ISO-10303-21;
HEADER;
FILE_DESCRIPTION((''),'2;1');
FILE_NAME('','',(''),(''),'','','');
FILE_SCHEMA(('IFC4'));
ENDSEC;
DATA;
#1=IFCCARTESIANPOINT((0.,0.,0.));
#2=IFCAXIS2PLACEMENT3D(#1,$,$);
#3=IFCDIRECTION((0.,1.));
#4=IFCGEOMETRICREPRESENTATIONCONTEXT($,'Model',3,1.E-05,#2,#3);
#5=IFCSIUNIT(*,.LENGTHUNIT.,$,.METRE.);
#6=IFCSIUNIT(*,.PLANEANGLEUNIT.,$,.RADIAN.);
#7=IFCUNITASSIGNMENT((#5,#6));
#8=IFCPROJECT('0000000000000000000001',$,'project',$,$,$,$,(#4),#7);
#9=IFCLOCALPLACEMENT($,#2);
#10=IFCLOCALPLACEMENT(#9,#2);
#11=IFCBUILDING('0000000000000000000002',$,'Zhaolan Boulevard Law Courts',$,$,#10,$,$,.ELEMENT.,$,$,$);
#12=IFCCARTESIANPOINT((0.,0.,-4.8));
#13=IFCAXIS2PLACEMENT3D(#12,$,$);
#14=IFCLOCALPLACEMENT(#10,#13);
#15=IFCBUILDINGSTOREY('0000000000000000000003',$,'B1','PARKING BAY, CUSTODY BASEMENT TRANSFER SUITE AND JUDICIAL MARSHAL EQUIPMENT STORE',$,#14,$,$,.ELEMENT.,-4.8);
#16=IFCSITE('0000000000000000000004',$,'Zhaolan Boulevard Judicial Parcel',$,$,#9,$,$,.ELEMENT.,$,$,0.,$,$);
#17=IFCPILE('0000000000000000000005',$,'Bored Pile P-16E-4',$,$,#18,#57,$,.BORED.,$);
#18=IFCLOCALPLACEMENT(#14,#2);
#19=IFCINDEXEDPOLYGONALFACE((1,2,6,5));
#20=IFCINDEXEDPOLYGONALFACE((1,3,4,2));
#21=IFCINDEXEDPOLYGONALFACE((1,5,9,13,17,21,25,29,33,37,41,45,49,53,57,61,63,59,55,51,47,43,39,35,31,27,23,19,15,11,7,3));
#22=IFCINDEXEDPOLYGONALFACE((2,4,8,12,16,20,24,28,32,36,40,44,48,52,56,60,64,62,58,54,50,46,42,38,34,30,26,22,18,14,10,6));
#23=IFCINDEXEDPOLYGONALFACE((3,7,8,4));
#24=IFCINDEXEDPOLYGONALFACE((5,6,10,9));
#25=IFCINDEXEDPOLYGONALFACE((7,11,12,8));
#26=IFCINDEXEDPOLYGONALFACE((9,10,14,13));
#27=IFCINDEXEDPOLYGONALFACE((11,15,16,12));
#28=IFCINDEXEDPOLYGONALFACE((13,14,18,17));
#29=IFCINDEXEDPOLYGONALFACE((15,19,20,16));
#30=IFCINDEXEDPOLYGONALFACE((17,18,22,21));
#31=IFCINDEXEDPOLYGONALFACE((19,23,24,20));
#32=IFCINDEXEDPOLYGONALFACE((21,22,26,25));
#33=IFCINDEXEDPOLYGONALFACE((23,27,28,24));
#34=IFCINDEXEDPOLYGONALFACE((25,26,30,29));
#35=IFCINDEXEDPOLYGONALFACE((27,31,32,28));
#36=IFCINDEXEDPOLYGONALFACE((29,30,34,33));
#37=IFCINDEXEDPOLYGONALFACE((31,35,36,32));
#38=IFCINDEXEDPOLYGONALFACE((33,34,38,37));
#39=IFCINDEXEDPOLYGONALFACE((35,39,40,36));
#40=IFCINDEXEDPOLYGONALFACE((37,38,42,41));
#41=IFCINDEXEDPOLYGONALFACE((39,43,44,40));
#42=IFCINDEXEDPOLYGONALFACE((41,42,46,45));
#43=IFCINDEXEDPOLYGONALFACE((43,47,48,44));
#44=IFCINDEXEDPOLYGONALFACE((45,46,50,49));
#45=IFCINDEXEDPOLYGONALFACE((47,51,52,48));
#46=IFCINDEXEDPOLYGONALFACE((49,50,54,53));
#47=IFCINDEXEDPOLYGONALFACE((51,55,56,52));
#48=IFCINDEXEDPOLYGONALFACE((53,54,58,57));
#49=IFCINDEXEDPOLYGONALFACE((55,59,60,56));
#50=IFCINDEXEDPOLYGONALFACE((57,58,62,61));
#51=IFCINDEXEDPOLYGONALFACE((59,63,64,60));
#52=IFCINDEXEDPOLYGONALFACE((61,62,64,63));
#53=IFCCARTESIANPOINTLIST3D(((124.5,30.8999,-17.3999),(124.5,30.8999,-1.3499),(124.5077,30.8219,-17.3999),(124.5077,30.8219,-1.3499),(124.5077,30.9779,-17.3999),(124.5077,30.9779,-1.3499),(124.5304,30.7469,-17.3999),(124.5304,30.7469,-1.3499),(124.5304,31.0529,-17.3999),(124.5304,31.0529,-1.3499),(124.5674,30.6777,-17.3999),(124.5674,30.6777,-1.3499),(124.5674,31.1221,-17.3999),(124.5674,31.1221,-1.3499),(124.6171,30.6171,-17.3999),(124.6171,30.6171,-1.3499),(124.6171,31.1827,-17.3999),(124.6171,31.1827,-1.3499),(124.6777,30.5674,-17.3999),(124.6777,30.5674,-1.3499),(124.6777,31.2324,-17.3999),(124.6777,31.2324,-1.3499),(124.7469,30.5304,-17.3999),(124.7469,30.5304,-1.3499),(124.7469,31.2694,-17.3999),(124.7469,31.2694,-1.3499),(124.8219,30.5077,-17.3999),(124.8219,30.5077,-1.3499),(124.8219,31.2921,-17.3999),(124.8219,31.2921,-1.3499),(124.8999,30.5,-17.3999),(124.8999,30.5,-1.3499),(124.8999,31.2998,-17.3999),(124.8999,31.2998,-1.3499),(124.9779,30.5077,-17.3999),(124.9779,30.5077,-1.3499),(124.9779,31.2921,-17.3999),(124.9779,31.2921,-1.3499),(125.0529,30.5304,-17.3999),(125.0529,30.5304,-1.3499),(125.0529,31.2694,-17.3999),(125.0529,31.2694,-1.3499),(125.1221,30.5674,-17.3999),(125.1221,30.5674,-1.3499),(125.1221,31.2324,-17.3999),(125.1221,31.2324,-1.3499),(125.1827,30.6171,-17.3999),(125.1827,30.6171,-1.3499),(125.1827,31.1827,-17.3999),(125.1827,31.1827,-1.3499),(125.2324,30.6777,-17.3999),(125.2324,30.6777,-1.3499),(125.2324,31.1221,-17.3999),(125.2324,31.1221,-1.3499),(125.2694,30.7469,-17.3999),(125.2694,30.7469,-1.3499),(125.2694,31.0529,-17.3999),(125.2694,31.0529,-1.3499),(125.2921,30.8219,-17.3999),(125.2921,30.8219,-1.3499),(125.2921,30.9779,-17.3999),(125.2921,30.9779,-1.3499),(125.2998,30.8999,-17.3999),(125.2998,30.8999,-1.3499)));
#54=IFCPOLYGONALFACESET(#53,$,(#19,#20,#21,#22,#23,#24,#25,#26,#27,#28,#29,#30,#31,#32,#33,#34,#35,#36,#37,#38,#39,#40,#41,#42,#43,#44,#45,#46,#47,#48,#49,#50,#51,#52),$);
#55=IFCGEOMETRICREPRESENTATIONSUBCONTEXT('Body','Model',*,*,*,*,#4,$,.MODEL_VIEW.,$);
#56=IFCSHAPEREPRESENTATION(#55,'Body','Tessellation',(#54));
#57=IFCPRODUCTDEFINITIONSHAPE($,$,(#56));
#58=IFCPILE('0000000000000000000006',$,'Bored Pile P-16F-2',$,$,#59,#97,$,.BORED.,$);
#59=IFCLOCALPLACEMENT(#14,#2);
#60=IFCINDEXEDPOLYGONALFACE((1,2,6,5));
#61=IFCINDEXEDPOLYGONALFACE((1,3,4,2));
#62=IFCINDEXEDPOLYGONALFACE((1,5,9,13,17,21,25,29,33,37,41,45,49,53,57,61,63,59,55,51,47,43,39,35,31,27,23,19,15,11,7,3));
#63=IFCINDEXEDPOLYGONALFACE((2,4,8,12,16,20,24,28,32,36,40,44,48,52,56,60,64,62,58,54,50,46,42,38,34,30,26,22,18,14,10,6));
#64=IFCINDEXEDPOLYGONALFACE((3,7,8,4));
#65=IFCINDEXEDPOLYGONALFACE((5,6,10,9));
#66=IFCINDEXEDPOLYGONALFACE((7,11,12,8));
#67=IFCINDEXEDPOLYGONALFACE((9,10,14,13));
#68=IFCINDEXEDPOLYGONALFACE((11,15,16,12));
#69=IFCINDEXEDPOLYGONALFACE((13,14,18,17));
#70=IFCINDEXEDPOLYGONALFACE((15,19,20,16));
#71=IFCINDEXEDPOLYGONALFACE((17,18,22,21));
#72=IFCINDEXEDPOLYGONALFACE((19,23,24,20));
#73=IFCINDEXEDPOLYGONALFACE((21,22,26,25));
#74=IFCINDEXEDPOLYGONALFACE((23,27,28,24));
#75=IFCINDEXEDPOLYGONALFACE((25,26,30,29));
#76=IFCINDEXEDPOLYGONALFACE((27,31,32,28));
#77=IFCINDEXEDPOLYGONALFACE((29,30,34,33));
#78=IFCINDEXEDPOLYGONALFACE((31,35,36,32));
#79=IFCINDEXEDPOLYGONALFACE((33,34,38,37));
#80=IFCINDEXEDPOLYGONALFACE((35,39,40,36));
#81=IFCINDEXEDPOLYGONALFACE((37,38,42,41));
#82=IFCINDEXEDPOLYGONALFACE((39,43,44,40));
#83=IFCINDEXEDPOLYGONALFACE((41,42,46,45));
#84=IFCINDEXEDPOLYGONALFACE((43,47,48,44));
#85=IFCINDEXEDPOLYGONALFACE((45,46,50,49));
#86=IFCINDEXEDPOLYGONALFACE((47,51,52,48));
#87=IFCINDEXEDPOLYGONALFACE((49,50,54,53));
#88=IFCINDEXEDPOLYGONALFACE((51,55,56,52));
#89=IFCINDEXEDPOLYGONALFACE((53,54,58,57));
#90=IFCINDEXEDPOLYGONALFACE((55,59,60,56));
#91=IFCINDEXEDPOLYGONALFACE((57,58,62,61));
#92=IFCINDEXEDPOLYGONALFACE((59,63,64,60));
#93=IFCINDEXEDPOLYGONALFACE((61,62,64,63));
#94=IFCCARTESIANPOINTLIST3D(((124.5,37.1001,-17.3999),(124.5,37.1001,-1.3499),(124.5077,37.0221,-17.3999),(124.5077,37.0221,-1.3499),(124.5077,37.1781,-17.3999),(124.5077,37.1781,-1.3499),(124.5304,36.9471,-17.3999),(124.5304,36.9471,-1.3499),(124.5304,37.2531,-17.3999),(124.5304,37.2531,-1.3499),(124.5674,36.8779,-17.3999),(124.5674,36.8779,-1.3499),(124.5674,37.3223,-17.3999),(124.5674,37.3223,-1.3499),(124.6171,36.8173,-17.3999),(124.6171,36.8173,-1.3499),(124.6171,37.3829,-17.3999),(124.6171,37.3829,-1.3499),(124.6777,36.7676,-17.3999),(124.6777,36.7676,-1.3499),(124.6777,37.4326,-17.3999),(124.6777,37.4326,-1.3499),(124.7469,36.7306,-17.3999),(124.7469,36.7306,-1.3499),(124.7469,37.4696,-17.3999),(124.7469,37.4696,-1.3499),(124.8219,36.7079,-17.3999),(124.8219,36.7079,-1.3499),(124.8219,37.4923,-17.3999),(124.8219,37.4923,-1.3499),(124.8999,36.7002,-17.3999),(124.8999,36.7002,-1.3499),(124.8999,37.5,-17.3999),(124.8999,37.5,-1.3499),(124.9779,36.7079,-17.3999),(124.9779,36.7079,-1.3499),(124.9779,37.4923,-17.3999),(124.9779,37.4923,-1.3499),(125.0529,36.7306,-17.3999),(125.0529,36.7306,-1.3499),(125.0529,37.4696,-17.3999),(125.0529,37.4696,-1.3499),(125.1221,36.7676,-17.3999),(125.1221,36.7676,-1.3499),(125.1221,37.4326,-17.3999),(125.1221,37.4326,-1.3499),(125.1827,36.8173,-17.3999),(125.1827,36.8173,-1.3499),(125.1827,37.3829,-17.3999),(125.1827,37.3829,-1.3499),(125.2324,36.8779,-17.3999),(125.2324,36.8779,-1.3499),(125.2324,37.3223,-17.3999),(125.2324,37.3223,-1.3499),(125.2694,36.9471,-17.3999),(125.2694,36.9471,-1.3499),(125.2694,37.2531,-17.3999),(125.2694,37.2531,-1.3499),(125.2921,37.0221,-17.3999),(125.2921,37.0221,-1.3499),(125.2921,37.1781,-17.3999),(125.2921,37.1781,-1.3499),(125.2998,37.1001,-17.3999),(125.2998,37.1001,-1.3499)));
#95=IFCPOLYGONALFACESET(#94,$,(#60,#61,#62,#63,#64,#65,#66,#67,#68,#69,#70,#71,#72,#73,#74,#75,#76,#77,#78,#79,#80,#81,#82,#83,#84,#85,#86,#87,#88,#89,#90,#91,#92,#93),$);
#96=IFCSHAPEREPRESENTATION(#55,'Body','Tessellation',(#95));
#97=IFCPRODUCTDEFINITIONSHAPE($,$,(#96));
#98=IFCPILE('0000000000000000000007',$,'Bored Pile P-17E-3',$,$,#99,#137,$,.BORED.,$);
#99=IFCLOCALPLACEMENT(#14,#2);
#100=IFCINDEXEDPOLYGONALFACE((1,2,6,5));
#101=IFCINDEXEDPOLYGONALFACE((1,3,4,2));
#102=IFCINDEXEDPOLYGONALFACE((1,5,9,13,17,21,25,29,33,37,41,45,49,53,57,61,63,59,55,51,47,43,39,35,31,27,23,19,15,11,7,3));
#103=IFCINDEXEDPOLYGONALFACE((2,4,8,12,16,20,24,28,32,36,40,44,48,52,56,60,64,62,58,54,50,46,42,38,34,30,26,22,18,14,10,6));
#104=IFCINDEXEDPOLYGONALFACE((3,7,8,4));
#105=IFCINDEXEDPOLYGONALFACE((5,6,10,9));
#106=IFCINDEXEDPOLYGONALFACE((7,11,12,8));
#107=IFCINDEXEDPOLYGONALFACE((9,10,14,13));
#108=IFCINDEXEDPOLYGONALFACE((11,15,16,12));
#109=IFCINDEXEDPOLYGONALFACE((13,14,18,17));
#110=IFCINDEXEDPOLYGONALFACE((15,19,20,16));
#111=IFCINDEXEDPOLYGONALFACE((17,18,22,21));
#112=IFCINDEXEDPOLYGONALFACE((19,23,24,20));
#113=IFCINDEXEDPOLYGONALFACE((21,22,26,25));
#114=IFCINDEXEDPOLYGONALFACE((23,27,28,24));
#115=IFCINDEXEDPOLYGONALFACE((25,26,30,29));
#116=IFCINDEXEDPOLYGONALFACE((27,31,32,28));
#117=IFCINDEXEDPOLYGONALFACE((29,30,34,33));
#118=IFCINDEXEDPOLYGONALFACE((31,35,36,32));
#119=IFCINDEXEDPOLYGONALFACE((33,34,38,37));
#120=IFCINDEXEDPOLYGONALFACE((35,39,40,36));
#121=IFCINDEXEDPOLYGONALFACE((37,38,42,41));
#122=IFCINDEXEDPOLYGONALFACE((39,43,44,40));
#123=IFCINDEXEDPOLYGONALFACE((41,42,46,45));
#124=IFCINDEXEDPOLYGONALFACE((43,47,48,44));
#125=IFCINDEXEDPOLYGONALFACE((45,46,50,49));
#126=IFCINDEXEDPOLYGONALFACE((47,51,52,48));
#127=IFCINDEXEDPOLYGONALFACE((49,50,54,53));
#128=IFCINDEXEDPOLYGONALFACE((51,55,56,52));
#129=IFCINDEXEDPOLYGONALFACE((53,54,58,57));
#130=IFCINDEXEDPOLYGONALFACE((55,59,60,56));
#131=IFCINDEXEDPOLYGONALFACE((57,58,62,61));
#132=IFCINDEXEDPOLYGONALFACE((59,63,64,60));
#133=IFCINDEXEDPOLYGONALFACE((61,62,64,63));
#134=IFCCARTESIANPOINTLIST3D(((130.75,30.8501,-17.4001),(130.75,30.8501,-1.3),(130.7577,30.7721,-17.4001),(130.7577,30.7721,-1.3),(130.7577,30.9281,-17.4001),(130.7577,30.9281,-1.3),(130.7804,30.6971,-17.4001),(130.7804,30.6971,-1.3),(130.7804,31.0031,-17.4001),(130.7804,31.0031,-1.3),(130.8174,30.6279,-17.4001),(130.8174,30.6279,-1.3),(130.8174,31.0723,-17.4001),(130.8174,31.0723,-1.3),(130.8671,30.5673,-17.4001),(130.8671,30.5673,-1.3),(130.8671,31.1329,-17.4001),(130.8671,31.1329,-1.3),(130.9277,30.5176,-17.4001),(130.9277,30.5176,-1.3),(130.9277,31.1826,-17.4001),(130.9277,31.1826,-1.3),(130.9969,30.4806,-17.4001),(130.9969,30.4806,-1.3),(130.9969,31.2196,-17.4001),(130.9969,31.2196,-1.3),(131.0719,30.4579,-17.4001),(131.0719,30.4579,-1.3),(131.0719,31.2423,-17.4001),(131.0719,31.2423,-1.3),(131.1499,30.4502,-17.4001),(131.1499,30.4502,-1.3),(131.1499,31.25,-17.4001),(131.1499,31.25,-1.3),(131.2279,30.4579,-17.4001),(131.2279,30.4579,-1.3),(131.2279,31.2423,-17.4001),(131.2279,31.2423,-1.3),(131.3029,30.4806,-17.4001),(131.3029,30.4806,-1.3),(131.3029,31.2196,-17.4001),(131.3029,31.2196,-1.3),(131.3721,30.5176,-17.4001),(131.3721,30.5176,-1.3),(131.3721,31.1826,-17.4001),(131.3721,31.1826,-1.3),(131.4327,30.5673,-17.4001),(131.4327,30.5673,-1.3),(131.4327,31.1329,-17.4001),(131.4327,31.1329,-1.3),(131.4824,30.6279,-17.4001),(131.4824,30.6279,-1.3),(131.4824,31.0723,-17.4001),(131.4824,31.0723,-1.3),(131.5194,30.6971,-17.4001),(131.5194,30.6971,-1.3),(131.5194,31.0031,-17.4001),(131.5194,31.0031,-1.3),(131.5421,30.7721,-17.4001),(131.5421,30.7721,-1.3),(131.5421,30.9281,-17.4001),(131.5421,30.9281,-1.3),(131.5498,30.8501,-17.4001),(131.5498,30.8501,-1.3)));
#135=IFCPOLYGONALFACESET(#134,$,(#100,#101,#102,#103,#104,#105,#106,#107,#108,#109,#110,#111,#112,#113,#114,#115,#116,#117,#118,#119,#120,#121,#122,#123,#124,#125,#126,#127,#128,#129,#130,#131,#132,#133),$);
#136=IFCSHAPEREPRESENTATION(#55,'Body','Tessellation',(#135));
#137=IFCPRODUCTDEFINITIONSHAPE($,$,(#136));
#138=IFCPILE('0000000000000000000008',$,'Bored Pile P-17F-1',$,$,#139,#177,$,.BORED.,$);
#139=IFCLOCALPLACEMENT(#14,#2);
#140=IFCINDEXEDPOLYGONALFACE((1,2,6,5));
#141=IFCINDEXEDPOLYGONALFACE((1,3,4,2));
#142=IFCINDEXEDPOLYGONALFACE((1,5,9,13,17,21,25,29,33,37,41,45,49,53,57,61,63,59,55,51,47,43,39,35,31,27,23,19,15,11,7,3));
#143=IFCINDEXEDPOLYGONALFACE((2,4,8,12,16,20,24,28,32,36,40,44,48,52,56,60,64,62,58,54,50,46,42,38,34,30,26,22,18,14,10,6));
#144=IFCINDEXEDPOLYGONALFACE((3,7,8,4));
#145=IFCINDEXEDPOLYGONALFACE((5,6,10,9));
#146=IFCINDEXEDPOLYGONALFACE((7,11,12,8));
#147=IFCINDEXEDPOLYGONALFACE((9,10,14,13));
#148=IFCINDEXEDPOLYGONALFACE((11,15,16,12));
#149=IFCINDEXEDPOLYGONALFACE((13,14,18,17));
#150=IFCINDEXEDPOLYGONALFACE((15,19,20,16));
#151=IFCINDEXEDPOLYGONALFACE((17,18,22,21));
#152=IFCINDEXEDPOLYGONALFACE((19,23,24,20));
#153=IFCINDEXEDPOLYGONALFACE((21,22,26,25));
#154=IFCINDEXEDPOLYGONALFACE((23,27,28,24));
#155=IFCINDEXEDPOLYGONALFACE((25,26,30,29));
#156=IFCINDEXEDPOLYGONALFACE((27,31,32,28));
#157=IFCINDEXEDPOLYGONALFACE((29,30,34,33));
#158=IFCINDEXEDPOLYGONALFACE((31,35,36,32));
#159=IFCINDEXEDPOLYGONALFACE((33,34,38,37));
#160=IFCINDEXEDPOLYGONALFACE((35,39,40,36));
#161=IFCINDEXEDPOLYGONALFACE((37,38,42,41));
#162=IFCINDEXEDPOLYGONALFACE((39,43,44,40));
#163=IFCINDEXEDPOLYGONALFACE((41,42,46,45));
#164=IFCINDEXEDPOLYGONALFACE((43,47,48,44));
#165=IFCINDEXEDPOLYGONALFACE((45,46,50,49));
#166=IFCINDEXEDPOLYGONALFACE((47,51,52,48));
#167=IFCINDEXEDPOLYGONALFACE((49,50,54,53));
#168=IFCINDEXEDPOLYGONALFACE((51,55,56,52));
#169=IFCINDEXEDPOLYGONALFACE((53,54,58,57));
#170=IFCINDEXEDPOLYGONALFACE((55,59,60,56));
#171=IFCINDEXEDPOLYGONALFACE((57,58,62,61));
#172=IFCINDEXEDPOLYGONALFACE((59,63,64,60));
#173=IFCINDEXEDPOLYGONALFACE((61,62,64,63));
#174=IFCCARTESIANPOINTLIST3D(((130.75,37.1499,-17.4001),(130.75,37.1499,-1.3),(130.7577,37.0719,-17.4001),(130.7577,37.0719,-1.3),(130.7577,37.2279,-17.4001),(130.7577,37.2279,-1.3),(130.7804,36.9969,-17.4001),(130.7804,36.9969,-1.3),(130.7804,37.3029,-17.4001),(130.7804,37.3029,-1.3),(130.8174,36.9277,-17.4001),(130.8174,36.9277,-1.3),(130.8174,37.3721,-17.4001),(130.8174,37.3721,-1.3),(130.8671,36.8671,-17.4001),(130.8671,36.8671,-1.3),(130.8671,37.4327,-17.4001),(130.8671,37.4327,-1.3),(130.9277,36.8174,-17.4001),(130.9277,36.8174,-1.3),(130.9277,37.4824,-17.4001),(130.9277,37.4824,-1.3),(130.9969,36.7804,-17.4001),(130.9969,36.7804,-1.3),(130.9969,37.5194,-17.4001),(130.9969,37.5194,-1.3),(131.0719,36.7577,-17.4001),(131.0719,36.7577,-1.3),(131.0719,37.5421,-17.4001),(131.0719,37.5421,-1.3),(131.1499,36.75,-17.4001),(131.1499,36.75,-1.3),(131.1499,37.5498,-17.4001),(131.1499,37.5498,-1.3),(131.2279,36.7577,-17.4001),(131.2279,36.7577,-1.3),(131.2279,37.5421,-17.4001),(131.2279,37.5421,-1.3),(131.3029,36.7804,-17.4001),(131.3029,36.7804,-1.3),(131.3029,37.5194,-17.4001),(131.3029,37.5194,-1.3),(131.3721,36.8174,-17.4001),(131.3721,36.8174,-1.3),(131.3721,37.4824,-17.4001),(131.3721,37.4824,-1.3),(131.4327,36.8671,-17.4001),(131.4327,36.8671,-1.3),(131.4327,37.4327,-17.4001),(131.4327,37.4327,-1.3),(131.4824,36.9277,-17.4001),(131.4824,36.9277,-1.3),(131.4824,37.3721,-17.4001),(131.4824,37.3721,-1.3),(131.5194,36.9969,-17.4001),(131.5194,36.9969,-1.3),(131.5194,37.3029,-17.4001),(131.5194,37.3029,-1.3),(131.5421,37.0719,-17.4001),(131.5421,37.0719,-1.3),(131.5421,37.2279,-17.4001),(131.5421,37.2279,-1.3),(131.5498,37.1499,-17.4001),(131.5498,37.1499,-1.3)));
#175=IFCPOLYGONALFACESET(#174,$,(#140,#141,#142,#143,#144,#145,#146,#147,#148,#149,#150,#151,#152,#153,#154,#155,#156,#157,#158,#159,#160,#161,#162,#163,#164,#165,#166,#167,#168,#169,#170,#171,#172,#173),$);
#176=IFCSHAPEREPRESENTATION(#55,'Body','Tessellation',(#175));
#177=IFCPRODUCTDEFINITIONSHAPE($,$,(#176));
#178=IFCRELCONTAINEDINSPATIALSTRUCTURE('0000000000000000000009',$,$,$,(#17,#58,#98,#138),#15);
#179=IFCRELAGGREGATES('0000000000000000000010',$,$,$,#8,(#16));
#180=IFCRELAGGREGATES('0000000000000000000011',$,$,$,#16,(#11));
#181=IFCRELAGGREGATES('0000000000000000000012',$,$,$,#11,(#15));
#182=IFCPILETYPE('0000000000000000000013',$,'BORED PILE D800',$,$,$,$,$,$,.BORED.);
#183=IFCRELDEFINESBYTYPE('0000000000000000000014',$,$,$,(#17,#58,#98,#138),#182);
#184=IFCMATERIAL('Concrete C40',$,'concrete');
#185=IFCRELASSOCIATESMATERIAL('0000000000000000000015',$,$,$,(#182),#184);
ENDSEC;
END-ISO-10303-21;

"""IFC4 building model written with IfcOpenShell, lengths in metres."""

from ifc_helpers import new_model, si_unit, direction, frame, origin, origin_2d, place, context, subcontext, project, spatial, circle, extrude, material, material_profile, profile_set, type_object, element, save


model = new_model("IFC4")

# Units and contexts
model_context = context("Model", 3, precision=1e-05, world=origin(), true_north=direction((0.0, 1.0)))
body_context = subcontext(model_context, "Body", "Model", "MODEL_VIEW")
ifc_project = project(units=[si_unit("LENGTHUNIT", "METRE"), si_unit("PLANEANGLEUNIT", "RADIAN")], contexts=[model_context])

# Site, building, storey
site_placement = place(None, origin())
site = spatial("IfcSite", under=ifc_project, at=site_placement, Name="Zhaolan Boulevard Judicial Parcel", CompositionType="ELEMENT", RefElevation=0.0)
building_placement = place(site_placement, origin())
building = spatial("IfcBuilding", under=site, at=building_placement, Name="Zhaolan Boulevard Law Courts", CompositionType="ELEMENT")
storey_placement = place(building_placement, frame((0.0, 0.0, -4.8)))
storey = spatial("IfcBuildingStorey", under=building, at=storey_placement, Name="B1", Description="PARKING BAY, CUSTODY BASEMENT TRANSFER SUITE AND JUDICIAL MARSHAL EQUIPMENT STORE", CompositionType="ELEMENT", Elevation=-4.8)

# Piles
ifc_material_1 = material(Name="Concrete C40", Category="concrete")
ifc_material_profile_1 = material_profile(ifc_material_1, circle(Radius=0.3999, at=origin_2d()), Name="PILE-D800")
ifc_profile_set_1 = profile_set([ifc_material_profile_1], Name="Concrete C40")
pile_type = type_object("IfcPileType", Name="BORED PILE D800", PredefinedType="BORED", material=ifc_profile_set_1)
for number, where, z_axis, x_axis, name in (
    (1, (124.8999, 30.8999, -1.3499), (0.0, 0.0, -1.0), (1.0, 0.0, 0.0), "Bored Pile P-16E-4"),
    (2, (124.8999, 37.1001, -1.3499), (0.0, 0.0, -1.0), (1.0, 0.0, 0.0), "Bored Pile P-16F-2"),
):
    element("IfcPile", number, at=place(storey_placement, frame(where, z_axis=z_axis, x_axis=x_axis)), inside=storey, type_object=pile_type, Name=name, PredefinedType="BORED", context=body_context, shape_type="SweptSolid", body=[
        extrude(circle(Radius=0.3999, at=origin_2d()), origin(), (0.0, 0.0, 1.0), 16.05),
    ])
for number, where, z_axis, x_axis, name in (
    (3, (131.1499, 30.8501, -1.3), (0.0, 0.0, -1.0), (1.0, 0.0, 0.0), "Bored Pile P-17E-3"),
    (4, (131.1499, 37.1499, -1.3), (0.0, 0.0, -1.0), (1.0, 0.0, 0.0), "Bored Pile P-17F-1"),
):
    element("IfcPile", number, at=place(storey_placement, frame(where, z_axis=z_axis, x_axis=x_axis)), inside=storey, type_object=pile_type, Name=name, PredefinedType="BORED", context=body_context, shape_type="SweptSolid", body=[
        extrude(circle(Radius=0.3999, at=origin_2d()), origin(), (0.0, 0.0, 1.0), 16.1001),
    ])

save(model, "model.ifc")
